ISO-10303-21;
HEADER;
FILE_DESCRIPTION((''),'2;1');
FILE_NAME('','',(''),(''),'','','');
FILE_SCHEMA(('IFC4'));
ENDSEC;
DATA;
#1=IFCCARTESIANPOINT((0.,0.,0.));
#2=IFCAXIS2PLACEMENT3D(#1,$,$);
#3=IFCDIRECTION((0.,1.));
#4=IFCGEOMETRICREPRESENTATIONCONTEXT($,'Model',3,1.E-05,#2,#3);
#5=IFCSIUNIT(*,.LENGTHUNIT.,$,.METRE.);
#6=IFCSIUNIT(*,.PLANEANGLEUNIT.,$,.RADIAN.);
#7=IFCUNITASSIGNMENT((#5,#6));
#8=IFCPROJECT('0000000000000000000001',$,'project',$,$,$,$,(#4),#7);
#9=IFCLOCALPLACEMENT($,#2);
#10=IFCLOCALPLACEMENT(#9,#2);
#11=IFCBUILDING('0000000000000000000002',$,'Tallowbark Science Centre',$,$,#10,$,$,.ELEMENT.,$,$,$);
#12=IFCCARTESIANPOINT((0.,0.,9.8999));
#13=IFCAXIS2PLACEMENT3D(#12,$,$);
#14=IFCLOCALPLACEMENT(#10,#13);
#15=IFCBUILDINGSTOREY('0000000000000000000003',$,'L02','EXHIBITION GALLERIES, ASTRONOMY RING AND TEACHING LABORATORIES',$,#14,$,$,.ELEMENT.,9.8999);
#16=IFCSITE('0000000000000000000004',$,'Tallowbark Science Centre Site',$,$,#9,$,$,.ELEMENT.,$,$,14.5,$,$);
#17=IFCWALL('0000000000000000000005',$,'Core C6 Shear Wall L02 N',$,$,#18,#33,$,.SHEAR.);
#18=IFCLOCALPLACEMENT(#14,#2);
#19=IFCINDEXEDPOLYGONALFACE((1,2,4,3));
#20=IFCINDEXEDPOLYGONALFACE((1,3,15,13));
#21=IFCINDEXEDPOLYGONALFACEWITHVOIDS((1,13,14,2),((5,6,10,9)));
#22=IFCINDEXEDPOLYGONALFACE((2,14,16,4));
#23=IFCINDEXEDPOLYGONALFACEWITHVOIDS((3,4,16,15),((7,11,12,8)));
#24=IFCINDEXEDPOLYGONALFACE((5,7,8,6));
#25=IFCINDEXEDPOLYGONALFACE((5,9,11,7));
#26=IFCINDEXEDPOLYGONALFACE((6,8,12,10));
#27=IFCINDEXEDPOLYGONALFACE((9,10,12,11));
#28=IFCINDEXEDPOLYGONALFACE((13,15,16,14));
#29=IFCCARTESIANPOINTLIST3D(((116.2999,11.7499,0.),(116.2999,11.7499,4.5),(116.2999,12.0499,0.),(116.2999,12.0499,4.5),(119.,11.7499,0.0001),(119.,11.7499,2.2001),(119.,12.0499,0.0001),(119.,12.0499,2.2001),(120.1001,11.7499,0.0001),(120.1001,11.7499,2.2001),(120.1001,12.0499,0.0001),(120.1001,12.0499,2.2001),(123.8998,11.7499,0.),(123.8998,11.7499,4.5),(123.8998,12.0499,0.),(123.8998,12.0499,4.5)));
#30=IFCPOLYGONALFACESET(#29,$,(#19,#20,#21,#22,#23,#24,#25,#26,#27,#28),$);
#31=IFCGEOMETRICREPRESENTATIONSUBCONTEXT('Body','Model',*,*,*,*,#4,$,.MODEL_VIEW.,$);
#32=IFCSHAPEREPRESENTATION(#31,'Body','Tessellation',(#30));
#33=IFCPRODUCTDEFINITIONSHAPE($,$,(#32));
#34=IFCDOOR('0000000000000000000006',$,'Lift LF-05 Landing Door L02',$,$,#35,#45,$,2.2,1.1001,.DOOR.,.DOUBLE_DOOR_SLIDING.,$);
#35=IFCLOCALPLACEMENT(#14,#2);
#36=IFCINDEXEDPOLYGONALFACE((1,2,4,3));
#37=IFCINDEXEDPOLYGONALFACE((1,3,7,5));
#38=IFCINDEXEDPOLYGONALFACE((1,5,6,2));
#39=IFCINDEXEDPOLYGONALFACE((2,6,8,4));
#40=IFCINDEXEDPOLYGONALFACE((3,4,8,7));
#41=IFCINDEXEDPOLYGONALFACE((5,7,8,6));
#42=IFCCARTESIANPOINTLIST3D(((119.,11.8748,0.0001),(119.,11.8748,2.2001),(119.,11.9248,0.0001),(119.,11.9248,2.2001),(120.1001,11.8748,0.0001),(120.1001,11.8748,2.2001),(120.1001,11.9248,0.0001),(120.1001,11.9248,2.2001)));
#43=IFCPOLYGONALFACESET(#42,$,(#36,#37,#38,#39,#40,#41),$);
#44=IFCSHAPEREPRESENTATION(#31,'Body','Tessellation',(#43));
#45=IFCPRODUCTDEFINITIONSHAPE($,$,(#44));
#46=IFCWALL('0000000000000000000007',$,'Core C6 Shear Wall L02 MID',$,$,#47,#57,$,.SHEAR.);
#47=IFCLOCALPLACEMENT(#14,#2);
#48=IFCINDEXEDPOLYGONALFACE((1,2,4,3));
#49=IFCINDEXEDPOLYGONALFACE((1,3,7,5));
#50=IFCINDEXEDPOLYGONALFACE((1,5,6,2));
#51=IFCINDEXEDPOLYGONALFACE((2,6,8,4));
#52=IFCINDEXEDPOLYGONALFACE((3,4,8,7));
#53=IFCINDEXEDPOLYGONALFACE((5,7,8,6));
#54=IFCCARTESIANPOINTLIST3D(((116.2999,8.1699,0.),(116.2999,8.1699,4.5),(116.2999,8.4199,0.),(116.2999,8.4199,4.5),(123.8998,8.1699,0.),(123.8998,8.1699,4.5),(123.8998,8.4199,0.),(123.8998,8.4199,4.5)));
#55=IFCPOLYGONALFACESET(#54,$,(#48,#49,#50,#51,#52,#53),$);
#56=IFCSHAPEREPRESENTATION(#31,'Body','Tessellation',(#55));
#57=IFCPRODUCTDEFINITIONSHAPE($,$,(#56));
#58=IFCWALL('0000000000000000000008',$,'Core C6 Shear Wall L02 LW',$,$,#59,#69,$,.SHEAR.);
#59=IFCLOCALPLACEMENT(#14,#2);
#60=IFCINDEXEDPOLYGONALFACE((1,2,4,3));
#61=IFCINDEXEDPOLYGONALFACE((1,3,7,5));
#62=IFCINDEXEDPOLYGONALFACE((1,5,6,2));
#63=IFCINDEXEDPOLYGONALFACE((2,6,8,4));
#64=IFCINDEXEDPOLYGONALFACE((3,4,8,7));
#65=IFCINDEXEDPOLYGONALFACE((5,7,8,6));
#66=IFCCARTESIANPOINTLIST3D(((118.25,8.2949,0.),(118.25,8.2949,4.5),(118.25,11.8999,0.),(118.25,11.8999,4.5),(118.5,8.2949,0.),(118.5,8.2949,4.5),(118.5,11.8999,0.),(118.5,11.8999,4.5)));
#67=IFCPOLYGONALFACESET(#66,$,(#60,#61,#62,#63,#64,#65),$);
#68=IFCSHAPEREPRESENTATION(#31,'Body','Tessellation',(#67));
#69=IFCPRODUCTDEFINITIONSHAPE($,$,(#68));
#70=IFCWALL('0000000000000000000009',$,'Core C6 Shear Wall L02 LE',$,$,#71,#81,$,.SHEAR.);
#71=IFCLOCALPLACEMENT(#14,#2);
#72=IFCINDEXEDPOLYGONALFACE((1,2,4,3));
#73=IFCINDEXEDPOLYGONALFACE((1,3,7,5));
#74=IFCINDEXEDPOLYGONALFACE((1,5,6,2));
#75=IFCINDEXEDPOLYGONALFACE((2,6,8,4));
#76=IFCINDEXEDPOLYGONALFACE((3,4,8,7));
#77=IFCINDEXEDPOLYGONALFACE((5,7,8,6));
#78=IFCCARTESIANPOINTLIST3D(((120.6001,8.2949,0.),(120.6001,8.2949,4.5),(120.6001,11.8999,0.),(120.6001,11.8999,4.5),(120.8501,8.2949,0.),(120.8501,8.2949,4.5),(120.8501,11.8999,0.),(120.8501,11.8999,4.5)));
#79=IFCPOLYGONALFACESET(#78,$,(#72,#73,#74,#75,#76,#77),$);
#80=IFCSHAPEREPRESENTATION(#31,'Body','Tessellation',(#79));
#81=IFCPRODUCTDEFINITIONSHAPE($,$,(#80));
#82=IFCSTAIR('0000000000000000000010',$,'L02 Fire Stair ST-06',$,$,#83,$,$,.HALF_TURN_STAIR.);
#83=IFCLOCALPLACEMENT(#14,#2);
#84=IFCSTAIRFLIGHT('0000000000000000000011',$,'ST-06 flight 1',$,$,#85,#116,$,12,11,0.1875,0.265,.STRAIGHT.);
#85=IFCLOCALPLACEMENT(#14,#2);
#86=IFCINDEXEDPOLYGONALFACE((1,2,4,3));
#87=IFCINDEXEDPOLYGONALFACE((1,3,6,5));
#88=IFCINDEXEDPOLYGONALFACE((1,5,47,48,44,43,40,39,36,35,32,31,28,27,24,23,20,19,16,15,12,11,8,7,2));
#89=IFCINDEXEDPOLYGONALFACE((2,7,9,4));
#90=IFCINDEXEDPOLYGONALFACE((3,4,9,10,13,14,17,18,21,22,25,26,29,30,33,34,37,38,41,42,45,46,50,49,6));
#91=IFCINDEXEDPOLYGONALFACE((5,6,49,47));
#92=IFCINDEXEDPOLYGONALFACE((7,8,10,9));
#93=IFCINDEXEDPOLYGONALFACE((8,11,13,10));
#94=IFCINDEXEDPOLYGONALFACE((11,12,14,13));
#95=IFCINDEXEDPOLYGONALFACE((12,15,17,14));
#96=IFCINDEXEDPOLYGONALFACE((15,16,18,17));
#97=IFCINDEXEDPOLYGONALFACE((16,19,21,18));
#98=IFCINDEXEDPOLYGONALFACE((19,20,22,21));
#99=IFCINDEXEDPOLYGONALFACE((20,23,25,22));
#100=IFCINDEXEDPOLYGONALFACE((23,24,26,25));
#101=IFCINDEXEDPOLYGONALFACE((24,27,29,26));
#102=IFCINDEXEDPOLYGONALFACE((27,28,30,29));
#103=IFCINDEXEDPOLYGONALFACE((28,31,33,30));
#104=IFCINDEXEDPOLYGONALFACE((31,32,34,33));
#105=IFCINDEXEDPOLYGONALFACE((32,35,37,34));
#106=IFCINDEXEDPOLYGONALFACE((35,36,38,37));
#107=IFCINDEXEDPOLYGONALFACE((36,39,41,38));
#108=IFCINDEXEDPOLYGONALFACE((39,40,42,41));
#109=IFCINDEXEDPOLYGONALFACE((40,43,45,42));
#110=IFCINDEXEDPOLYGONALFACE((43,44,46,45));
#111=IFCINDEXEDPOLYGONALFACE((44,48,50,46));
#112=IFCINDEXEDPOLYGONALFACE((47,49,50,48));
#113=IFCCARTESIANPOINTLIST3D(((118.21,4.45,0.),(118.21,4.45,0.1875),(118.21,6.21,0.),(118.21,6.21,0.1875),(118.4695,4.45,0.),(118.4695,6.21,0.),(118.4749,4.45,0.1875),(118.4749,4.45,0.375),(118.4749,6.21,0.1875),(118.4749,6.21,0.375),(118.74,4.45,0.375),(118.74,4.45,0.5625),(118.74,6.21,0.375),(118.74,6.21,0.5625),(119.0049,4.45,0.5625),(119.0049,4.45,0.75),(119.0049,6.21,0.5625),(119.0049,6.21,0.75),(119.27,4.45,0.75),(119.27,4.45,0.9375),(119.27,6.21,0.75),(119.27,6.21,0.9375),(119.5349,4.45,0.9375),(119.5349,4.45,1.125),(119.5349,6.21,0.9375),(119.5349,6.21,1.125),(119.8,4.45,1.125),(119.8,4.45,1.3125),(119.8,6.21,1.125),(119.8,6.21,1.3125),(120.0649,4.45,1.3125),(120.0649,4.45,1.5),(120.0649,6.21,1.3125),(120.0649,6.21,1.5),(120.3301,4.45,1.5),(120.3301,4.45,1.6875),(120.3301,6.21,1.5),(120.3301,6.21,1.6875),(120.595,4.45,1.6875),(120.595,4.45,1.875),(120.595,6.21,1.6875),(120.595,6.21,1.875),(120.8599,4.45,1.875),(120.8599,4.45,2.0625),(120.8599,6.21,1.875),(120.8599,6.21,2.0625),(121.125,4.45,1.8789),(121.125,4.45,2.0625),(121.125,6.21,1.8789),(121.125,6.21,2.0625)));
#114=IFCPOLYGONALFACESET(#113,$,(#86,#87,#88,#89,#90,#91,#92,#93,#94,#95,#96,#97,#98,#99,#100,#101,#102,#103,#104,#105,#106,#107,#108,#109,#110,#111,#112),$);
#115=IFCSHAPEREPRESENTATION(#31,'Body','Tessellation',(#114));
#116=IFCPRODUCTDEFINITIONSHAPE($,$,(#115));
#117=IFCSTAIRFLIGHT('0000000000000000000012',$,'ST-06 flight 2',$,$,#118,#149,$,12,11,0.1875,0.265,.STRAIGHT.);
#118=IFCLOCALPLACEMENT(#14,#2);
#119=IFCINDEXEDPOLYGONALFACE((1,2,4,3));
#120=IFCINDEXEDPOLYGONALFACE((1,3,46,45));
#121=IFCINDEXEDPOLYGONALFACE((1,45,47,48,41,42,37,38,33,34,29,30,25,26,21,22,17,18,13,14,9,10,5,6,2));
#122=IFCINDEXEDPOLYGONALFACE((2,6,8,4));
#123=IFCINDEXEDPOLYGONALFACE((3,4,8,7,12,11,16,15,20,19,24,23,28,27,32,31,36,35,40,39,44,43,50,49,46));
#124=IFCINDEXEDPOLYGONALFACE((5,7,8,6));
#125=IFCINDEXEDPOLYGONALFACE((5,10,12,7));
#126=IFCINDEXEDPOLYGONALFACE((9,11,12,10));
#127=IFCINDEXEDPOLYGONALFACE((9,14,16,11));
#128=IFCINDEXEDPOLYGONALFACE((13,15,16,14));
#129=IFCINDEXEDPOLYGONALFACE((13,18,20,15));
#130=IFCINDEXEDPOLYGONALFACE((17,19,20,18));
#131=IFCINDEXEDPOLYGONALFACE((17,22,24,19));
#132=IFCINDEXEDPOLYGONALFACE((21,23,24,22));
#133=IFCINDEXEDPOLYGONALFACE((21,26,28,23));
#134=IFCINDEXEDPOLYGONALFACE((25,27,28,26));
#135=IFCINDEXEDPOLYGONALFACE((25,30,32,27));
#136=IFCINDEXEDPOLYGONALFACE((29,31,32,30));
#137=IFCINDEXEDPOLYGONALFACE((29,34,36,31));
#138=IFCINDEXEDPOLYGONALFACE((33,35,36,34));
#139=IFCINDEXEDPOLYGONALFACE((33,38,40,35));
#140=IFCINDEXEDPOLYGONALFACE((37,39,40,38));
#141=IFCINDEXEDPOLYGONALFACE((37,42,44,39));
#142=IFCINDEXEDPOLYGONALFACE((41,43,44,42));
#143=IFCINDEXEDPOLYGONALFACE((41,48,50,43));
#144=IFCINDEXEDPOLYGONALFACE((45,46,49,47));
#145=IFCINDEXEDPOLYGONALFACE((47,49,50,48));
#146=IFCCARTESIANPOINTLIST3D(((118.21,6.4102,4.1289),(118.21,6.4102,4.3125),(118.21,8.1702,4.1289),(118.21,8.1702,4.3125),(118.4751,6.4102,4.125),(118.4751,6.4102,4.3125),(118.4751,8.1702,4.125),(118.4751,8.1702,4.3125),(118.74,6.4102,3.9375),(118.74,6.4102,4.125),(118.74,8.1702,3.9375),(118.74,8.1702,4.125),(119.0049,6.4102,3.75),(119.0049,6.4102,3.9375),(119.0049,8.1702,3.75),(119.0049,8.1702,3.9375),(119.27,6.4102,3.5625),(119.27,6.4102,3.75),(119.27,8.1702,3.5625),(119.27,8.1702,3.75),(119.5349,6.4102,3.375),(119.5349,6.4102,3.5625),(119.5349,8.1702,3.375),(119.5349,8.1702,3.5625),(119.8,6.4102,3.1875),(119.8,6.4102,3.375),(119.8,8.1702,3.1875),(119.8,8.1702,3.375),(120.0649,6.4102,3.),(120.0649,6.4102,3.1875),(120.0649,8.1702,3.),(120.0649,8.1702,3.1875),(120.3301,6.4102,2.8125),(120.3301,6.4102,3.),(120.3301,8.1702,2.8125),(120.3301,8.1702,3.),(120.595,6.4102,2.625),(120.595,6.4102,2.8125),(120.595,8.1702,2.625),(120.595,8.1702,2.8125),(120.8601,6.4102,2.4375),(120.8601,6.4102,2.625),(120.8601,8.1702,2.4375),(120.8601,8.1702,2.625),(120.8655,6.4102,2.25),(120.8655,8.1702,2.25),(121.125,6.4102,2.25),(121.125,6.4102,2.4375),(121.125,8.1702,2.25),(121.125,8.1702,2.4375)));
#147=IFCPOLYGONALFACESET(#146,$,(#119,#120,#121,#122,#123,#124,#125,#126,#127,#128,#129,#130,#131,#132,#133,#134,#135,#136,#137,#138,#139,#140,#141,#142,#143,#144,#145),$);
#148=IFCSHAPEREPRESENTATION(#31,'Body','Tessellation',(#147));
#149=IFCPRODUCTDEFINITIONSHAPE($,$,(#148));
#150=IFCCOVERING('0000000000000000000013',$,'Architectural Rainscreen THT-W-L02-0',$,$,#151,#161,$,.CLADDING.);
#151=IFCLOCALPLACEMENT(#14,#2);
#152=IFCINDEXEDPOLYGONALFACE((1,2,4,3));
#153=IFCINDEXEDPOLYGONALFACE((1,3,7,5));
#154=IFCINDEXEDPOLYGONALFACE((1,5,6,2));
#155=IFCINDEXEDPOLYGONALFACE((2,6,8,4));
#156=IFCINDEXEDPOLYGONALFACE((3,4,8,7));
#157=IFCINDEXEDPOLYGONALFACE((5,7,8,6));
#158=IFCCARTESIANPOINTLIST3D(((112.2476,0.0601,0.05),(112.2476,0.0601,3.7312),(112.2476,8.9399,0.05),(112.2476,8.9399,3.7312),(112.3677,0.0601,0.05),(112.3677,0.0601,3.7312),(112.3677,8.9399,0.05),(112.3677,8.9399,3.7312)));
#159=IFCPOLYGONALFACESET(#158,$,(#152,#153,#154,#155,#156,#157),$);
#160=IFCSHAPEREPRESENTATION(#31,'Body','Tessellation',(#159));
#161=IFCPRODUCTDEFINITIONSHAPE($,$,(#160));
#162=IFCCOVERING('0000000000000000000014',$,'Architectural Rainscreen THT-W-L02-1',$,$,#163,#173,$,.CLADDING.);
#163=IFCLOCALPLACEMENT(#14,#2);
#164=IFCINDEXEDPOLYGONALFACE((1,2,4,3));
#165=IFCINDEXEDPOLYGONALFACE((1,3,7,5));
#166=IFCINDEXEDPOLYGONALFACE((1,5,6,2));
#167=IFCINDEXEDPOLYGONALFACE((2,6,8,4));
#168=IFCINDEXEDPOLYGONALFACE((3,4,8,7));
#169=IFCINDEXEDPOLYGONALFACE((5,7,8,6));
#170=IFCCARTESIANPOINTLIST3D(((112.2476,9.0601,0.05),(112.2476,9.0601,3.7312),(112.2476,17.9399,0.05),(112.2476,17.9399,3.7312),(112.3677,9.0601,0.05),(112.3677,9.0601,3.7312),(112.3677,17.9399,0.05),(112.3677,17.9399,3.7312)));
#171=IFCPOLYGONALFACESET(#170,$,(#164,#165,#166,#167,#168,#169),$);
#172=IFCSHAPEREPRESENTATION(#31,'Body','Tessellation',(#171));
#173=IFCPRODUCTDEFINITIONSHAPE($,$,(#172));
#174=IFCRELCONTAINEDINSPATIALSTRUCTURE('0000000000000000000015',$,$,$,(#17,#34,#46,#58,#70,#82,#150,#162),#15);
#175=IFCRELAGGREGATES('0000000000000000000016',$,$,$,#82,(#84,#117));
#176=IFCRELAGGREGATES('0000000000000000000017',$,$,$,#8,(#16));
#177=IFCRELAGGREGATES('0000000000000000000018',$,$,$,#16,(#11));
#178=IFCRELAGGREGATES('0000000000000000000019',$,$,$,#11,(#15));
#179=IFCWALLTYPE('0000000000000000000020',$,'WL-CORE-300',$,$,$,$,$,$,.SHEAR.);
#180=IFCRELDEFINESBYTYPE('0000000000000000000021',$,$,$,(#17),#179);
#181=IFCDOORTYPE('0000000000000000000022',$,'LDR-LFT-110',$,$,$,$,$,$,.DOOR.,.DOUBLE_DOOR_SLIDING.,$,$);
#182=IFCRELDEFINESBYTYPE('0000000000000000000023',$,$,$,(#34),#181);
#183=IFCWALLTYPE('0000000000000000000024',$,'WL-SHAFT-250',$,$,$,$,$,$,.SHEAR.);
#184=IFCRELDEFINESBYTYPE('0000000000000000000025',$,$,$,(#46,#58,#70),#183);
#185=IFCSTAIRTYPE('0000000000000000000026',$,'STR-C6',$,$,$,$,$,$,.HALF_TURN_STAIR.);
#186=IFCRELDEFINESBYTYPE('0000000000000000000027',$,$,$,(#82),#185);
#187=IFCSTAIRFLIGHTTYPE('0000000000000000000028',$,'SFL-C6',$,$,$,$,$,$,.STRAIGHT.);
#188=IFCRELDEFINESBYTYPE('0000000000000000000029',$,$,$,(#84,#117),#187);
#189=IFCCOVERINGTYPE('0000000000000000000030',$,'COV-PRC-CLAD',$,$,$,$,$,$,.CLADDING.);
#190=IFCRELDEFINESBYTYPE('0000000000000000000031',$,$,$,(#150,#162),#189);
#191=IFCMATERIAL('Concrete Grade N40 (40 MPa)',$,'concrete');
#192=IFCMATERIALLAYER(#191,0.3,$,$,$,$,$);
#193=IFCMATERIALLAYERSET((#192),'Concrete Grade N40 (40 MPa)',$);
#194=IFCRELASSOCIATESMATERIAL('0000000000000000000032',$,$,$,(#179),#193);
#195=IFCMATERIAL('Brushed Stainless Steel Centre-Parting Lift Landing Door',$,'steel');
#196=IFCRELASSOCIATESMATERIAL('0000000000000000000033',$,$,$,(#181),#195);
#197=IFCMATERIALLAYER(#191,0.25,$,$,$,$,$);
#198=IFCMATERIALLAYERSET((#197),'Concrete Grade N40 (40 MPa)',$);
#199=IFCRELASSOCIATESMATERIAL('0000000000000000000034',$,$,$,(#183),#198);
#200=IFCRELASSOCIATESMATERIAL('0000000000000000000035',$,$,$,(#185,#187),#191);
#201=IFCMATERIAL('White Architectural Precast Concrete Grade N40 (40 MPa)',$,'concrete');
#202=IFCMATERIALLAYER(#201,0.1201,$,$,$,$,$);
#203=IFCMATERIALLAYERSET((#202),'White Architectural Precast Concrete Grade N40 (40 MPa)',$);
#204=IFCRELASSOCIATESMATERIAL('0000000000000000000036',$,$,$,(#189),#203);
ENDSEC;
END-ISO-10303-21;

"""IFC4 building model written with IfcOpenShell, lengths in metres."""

from ifc_helpers import new_model, si_unit, direction, frame, frame_2d, origin, origin_2d, place, context, subcontext, project, spatial, polyline, rectangle, outline, extrude, material, layer, layer_set, type_object, element, fill, aggregate, save


model = new_model("IFC4")

# Units and contexts
model_context = context("Model", 3, precision=1e-05, world=origin(), true_north=direction((0.0, 1.0)))
body_context = subcontext(model_context, "Body", "Model", "MODEL_VIEW")
ifc_project = project(units=[si_unit("LENGTHUNIT", "METRE"), si_unit("PLANEANGLEUNIT", "RADIAN")], contexts=[model_context])

# Site, building, storey
site_placement = place(None, origin())
site = spatial("IfcSite", under=ifc_project, at=site_placement, Name="Tallowbark Science Centre Site", CompositionType="ELEMENT", RefElevation=14.5)
building_placement = place(site_placement, origin())
building = spatial("IfcBuilding", under=site, at=building_placement, Name="Tallowbark Science Centre", CompositionType="ELEMENT")
storey_placement = place(building_placement, frame((0.0, 0.0, 9.8999)))
storey = spatial("IfcBuildingStorey", under=building, at=storey_placement, Name="L02", Description="EXHIBITION GALLERIES, ASTRONOMY RING AND TEACHING LABORATORIES", CompositionType="ELEMENT", Elevation=9.8999)

# Shared definitions
ifc_material_1 = material(Name="Concrete Grade N40 (40 MPa)", Category="concrete")

# Shared definitions
ifc_layer_1 = layer(ifc_material_1, 0.3)
ifc_layer_set_1 = layer_set([ifc_layer_1], Name="Concrete Grade N40 (40 MPa)")
wall_type_1 = type_object("IfcWallType", Name="WL-CORE-300", PredefinedType="SHEAR", material=ifc_layer_set_1)

# Wall, opening, door
wall_1_placement = place(storey_placement, frame((116.3, 11.8999, 0.0), z_axis=(0.0, 0.0, 1.0), x_axis=(1.0, 0.0, 0.0)))
wall_1 = element("IfcWall", 1, at=wall_1_placement, inside=storey, type_object=wall_type_1, Name="Core C6 Shear Wall L02 N", PredefinedType="SHEAR", context=body_context, shape_type="SweptSolid", body=[
    extrude(rectangle(XDim=7.5999, YDim=0.3, at=frame_2d((3.7998, 0.0))), origin(), (0.0, 0.0, 1.0), 4.5),
])
opening_1_placement = place(wall_1_placement, frame((2.7, 0.0, 0.0)))
opening_1 = element("IfcOpeningElement", 2, at=opening_1_placement, cuts=wall_1, PredefinedType="OPENING", context=body_context, shape_type="SweptSolid", body=[
    extrude(rectangle(XDim=1.1001, YDim=2.2, at=frame_2d((0.55, 1.1001))), frame((0.0, 0.1602, 0.0), z_axis=(0.0, -1.0, 0.0), x_axis=(1.0, 0.0, 0.0)), (0.0, 0.0, 1.0), 0.3201),
])
ifc_material_2 = material(Name="Brushed Stainless Steel Centre-Parting Lift Landing Door", Category="steel")
door_type_1 = type_object("IfcDoorType", Name="LDR-LFT-110", OperationType="DOUBLE_DOOR_SLIDING", PredefinedType="DOOR", material=ifc_material_2)
door_1_placement = place(opening_1_placement, origin())
door_1 = element("IfcDoor", 3, at=door_1_placement, inside=storey, type_object=door_type_1, Name="Lift LF-05 Landing Door L02", OperationType="DOUBLE_DOOR_SLIDING", OverallHeight=2.2, OverallWidth=1.1001, PredefinedType="DOOR", context=body_context, shape_type="SweptSolid", body=[
    extrude(rectangle(XDim=1.1001, YDim=2.2, at=frame_2d((0.55, 1.1001))), frame((0.0, 0.0249, 0.0), z_axis=(0.0, -1.0, 0.0), x_axis=(1.0, 0.0, 0.0)), (0.0, 0.0, 1.0), 0.05),
])
fill(opening_1, door_1)

# Walls
ifc_layer_2 = layer(ifc_material_1, 0.25)
ifc_layer_set_2 = layer_set([ifc_layer_2], Name="Concrete Grade N40 (40 MPa)")
wall_type_2 = type_object("IfcWallType", Name="WL-SHAFT-250", PredefinedType="SHEAR", material=ifc_layer_set_2)
wall_2_placement = place(storey_placement, frame((116.3, 8.2949, 0.0), z_axis=(0.0, 0.0, 1.0), x_axis=(1.0, 0.0, 0.0)))
element("IfcWall", 4, at=wall_2_placement, inside=storey, type_object=wall_type_2, Name="Core C6 Shear Wall L02 MID", PredefinedType="SHEAR", context=body_context, shape_type="SweptSolid", body=[
    extrude(rectangle(XDim=7.5999, YDim=0.25, at=frame_2d((3.7998, 0.0))), origin(), (0.0, 0.0, 1.0), 4.5),
])
for number, where, z_axis, x_axis, name in (
    (5, (118.375, 8.2949, 0.0), (0.0, 0.0, 1.0), (0.0, 1.0, 0.0), "Core C6 Shear Wall L02 LW"),
    (6, (120.7251, 8.2949, 0.0), (0.0, 0.0, 1.0), (0.0, 1.0, 0.0), "Core C6 Shear Wall L02 LE"),
):
    element("IfcWall", number, at=place(storey_placement, frame(where, z_axis=z_axis, x_axis=x_axis)), inside=storey, type_object=wall_type_2, Name=name, PredefinedType="SHEAR", context=body_context, shape_type="SweptSolid", body=[
        extrude(rectangle(XDim=3.605, YDim=0.25, at=frame_2d((1.8025, 0.0))), origin(), (0.0, 0.0, 1.0), 4.5),
    ])

# Stair, stair flights
stair_type = type_object("IfcStairType", Name="STR-C6", PredefinedType="HALF_TURN_STAIR", material=ifc_material_1)
stair_placement = place(storey_placement, origin())
stair = element("IfcStair", 7, at=stair_placement, inside=storey, type_object=stair_type, Name="L02 Fire Stair ST-06", PredefinedType="HALF_TURN_STAIR")
stair_flight_type = type_object("IfcStairFlightType", Name="SFL-C6", PredefinedType="STRAIGHT", material=ifc_material_1)
stair_flight_1_placement = place(storey_placement, frame((118.21, 5.3301, 0.0), z_axis=(0.0, 0.0, 1.0), x_axis=(1.0, 0.0, 0.0)))
stair_flight_1 = element("IfcStairFlight", 8, at=stair_flight_1_placement, type_object=stair_flight_type, Name="ST-06 flight 1", NumberOfRisers=12, NumberOfTreads=11, PredefinedType="STRAIGHT", RiserHeight=0.1875, TreadLength=0.265, context=body_context, shape_type="SweptSolid", body=[
    extrude(outline(polyline([(0.0, 0.0), (0.0, 0.1875), (0.2649, 0.1875), (0.2649, 0.375), (0.53, 0.375), (0.53, 0.5625), (0.7949, 0.5625), (0.7949, 0.75), (1.0601, 0.75), (1.0601, 0.9375), (1.325, 0.9375), (1.325, 1.125), (1.5901, 1.125), (1.5901, 1.3125), (1.855, 1.3125), (1.855, 1.5), (2.1201, 1.5), (2.1201, 1.6875), (2.385, 1.6875), (2.385, 1.875), (2.6499, 1.875), (2.6499, 2.0625), (2.915, 2.0625), (2.915, 2.25), (2.915, 1.8789), (0.2595, 0.0), (0.0, 0.0)])), frame((0.0, 0.8799, 0.0), z_axis=(0.0, -1.0, 0.0), x_axis=(1.0, 0.0, 0.0)), (0.0, 0.0, 1.0), 1.76),
])
stair_flight_2_placement = place(storey_placement, frame((121.125, 7.29, 2.25), z_axis=(0.0, 0.0, 1.0), x_axis=(-1.0, 0.0, 0.0)))
stair_flight_2 = element("IfcStairFlight", 9, at=stair_flight_2_placement, type_object=stair_flight_type, Name="ST-06 flight 2", NumberOfRisers=12, NumberOfTreads=11, PredefinedType="STRAIGHT", RiserHeight=0.1875, TreadLength=0.265, context=body_context, shape_type="SweptSolid", body=[
    extrude(outline(polyline([(0.0, 0.0), (0.0, 0.1875), (0.2649, 0.1875), (0.2649, 0.375), (0.53, 0.375), (0.53, 0.5625), (0.7949, 0.5625), (0.7949, 0.75), (1.0601, 0.75), (1.0601, 0.9375), (1.325, 0.9375), (1.325, 1.125), (1.5901, 1.125), (1.5901, 1.3125), (1.855, 1.3125), (1.855, 1.5), (2.1201, 1.5), (2.1201, 1.6875), (2.385, 1.6875), (2.385, 1.875), (2.6499, 1.875), (2.6499, 2.0625), (2.915, 2.0625), (2.915, 2.25), (2.915, 1.8789), (0.2595, 0.0), (0.0, 0.0)])), frame((0.0, 0.8799, 0.0), z_axis=(0.0, -1.0, 0.0), x_axis=(1.0, 0.0, 0.0)), (0.0, 0.0, 1.0), 1.76),
])
aggregate(stair, [stair_flight_1, stair_flight_2])

# Coverings
ifc_material_3 = material(Name="White Architectural Precast Concrete Grade N40 (40 MPa)", Category="concrete")
ifc_layer_3 = layer(ifc_material_3, 0.1201)
ifc_layer_set_3 = layer_set([ifc_layer_3], Name="White Architectural Precast Concrete Grade N40 (40 MPa)")
covering_type = type_object("IfcCoveringType", Name="COV-PRC-CLAD", PredefinedType="CLADDING", material=ifc_layer_set_3)
for number, where, z_axis, x_axis, name in (
    (10, (112.3076, 4.5, 0.05), (0.0, 0.0, 1.0), (0.0, -1.0, 0.0), "Architectural Rainscreen THT-W-L02-0"),
    (11, (112.3076, 13.5, 0.05), (0.0, 0.0, 1.0), (0.0, -1.0, 0.0), "Architectural Rainscreen THT-W-L02-1"),
):
    element("IfcCovering", number, at=place(storey_placement, frame(where, z_axis=z_axis, x_axis=x_axis)), inside=storey, type_object=covering_type, Name=name, PredefinedType="CLADDING", context=body_context, shape_type="SweptSolid", body=[
        extrude(rectangle(XDim=8.8799, YDim=0.1201, at=origin_2d()), origin(), (0.0, 0.0, 1.0), 3.6812),
    ])

save(model, "model.ifc")
